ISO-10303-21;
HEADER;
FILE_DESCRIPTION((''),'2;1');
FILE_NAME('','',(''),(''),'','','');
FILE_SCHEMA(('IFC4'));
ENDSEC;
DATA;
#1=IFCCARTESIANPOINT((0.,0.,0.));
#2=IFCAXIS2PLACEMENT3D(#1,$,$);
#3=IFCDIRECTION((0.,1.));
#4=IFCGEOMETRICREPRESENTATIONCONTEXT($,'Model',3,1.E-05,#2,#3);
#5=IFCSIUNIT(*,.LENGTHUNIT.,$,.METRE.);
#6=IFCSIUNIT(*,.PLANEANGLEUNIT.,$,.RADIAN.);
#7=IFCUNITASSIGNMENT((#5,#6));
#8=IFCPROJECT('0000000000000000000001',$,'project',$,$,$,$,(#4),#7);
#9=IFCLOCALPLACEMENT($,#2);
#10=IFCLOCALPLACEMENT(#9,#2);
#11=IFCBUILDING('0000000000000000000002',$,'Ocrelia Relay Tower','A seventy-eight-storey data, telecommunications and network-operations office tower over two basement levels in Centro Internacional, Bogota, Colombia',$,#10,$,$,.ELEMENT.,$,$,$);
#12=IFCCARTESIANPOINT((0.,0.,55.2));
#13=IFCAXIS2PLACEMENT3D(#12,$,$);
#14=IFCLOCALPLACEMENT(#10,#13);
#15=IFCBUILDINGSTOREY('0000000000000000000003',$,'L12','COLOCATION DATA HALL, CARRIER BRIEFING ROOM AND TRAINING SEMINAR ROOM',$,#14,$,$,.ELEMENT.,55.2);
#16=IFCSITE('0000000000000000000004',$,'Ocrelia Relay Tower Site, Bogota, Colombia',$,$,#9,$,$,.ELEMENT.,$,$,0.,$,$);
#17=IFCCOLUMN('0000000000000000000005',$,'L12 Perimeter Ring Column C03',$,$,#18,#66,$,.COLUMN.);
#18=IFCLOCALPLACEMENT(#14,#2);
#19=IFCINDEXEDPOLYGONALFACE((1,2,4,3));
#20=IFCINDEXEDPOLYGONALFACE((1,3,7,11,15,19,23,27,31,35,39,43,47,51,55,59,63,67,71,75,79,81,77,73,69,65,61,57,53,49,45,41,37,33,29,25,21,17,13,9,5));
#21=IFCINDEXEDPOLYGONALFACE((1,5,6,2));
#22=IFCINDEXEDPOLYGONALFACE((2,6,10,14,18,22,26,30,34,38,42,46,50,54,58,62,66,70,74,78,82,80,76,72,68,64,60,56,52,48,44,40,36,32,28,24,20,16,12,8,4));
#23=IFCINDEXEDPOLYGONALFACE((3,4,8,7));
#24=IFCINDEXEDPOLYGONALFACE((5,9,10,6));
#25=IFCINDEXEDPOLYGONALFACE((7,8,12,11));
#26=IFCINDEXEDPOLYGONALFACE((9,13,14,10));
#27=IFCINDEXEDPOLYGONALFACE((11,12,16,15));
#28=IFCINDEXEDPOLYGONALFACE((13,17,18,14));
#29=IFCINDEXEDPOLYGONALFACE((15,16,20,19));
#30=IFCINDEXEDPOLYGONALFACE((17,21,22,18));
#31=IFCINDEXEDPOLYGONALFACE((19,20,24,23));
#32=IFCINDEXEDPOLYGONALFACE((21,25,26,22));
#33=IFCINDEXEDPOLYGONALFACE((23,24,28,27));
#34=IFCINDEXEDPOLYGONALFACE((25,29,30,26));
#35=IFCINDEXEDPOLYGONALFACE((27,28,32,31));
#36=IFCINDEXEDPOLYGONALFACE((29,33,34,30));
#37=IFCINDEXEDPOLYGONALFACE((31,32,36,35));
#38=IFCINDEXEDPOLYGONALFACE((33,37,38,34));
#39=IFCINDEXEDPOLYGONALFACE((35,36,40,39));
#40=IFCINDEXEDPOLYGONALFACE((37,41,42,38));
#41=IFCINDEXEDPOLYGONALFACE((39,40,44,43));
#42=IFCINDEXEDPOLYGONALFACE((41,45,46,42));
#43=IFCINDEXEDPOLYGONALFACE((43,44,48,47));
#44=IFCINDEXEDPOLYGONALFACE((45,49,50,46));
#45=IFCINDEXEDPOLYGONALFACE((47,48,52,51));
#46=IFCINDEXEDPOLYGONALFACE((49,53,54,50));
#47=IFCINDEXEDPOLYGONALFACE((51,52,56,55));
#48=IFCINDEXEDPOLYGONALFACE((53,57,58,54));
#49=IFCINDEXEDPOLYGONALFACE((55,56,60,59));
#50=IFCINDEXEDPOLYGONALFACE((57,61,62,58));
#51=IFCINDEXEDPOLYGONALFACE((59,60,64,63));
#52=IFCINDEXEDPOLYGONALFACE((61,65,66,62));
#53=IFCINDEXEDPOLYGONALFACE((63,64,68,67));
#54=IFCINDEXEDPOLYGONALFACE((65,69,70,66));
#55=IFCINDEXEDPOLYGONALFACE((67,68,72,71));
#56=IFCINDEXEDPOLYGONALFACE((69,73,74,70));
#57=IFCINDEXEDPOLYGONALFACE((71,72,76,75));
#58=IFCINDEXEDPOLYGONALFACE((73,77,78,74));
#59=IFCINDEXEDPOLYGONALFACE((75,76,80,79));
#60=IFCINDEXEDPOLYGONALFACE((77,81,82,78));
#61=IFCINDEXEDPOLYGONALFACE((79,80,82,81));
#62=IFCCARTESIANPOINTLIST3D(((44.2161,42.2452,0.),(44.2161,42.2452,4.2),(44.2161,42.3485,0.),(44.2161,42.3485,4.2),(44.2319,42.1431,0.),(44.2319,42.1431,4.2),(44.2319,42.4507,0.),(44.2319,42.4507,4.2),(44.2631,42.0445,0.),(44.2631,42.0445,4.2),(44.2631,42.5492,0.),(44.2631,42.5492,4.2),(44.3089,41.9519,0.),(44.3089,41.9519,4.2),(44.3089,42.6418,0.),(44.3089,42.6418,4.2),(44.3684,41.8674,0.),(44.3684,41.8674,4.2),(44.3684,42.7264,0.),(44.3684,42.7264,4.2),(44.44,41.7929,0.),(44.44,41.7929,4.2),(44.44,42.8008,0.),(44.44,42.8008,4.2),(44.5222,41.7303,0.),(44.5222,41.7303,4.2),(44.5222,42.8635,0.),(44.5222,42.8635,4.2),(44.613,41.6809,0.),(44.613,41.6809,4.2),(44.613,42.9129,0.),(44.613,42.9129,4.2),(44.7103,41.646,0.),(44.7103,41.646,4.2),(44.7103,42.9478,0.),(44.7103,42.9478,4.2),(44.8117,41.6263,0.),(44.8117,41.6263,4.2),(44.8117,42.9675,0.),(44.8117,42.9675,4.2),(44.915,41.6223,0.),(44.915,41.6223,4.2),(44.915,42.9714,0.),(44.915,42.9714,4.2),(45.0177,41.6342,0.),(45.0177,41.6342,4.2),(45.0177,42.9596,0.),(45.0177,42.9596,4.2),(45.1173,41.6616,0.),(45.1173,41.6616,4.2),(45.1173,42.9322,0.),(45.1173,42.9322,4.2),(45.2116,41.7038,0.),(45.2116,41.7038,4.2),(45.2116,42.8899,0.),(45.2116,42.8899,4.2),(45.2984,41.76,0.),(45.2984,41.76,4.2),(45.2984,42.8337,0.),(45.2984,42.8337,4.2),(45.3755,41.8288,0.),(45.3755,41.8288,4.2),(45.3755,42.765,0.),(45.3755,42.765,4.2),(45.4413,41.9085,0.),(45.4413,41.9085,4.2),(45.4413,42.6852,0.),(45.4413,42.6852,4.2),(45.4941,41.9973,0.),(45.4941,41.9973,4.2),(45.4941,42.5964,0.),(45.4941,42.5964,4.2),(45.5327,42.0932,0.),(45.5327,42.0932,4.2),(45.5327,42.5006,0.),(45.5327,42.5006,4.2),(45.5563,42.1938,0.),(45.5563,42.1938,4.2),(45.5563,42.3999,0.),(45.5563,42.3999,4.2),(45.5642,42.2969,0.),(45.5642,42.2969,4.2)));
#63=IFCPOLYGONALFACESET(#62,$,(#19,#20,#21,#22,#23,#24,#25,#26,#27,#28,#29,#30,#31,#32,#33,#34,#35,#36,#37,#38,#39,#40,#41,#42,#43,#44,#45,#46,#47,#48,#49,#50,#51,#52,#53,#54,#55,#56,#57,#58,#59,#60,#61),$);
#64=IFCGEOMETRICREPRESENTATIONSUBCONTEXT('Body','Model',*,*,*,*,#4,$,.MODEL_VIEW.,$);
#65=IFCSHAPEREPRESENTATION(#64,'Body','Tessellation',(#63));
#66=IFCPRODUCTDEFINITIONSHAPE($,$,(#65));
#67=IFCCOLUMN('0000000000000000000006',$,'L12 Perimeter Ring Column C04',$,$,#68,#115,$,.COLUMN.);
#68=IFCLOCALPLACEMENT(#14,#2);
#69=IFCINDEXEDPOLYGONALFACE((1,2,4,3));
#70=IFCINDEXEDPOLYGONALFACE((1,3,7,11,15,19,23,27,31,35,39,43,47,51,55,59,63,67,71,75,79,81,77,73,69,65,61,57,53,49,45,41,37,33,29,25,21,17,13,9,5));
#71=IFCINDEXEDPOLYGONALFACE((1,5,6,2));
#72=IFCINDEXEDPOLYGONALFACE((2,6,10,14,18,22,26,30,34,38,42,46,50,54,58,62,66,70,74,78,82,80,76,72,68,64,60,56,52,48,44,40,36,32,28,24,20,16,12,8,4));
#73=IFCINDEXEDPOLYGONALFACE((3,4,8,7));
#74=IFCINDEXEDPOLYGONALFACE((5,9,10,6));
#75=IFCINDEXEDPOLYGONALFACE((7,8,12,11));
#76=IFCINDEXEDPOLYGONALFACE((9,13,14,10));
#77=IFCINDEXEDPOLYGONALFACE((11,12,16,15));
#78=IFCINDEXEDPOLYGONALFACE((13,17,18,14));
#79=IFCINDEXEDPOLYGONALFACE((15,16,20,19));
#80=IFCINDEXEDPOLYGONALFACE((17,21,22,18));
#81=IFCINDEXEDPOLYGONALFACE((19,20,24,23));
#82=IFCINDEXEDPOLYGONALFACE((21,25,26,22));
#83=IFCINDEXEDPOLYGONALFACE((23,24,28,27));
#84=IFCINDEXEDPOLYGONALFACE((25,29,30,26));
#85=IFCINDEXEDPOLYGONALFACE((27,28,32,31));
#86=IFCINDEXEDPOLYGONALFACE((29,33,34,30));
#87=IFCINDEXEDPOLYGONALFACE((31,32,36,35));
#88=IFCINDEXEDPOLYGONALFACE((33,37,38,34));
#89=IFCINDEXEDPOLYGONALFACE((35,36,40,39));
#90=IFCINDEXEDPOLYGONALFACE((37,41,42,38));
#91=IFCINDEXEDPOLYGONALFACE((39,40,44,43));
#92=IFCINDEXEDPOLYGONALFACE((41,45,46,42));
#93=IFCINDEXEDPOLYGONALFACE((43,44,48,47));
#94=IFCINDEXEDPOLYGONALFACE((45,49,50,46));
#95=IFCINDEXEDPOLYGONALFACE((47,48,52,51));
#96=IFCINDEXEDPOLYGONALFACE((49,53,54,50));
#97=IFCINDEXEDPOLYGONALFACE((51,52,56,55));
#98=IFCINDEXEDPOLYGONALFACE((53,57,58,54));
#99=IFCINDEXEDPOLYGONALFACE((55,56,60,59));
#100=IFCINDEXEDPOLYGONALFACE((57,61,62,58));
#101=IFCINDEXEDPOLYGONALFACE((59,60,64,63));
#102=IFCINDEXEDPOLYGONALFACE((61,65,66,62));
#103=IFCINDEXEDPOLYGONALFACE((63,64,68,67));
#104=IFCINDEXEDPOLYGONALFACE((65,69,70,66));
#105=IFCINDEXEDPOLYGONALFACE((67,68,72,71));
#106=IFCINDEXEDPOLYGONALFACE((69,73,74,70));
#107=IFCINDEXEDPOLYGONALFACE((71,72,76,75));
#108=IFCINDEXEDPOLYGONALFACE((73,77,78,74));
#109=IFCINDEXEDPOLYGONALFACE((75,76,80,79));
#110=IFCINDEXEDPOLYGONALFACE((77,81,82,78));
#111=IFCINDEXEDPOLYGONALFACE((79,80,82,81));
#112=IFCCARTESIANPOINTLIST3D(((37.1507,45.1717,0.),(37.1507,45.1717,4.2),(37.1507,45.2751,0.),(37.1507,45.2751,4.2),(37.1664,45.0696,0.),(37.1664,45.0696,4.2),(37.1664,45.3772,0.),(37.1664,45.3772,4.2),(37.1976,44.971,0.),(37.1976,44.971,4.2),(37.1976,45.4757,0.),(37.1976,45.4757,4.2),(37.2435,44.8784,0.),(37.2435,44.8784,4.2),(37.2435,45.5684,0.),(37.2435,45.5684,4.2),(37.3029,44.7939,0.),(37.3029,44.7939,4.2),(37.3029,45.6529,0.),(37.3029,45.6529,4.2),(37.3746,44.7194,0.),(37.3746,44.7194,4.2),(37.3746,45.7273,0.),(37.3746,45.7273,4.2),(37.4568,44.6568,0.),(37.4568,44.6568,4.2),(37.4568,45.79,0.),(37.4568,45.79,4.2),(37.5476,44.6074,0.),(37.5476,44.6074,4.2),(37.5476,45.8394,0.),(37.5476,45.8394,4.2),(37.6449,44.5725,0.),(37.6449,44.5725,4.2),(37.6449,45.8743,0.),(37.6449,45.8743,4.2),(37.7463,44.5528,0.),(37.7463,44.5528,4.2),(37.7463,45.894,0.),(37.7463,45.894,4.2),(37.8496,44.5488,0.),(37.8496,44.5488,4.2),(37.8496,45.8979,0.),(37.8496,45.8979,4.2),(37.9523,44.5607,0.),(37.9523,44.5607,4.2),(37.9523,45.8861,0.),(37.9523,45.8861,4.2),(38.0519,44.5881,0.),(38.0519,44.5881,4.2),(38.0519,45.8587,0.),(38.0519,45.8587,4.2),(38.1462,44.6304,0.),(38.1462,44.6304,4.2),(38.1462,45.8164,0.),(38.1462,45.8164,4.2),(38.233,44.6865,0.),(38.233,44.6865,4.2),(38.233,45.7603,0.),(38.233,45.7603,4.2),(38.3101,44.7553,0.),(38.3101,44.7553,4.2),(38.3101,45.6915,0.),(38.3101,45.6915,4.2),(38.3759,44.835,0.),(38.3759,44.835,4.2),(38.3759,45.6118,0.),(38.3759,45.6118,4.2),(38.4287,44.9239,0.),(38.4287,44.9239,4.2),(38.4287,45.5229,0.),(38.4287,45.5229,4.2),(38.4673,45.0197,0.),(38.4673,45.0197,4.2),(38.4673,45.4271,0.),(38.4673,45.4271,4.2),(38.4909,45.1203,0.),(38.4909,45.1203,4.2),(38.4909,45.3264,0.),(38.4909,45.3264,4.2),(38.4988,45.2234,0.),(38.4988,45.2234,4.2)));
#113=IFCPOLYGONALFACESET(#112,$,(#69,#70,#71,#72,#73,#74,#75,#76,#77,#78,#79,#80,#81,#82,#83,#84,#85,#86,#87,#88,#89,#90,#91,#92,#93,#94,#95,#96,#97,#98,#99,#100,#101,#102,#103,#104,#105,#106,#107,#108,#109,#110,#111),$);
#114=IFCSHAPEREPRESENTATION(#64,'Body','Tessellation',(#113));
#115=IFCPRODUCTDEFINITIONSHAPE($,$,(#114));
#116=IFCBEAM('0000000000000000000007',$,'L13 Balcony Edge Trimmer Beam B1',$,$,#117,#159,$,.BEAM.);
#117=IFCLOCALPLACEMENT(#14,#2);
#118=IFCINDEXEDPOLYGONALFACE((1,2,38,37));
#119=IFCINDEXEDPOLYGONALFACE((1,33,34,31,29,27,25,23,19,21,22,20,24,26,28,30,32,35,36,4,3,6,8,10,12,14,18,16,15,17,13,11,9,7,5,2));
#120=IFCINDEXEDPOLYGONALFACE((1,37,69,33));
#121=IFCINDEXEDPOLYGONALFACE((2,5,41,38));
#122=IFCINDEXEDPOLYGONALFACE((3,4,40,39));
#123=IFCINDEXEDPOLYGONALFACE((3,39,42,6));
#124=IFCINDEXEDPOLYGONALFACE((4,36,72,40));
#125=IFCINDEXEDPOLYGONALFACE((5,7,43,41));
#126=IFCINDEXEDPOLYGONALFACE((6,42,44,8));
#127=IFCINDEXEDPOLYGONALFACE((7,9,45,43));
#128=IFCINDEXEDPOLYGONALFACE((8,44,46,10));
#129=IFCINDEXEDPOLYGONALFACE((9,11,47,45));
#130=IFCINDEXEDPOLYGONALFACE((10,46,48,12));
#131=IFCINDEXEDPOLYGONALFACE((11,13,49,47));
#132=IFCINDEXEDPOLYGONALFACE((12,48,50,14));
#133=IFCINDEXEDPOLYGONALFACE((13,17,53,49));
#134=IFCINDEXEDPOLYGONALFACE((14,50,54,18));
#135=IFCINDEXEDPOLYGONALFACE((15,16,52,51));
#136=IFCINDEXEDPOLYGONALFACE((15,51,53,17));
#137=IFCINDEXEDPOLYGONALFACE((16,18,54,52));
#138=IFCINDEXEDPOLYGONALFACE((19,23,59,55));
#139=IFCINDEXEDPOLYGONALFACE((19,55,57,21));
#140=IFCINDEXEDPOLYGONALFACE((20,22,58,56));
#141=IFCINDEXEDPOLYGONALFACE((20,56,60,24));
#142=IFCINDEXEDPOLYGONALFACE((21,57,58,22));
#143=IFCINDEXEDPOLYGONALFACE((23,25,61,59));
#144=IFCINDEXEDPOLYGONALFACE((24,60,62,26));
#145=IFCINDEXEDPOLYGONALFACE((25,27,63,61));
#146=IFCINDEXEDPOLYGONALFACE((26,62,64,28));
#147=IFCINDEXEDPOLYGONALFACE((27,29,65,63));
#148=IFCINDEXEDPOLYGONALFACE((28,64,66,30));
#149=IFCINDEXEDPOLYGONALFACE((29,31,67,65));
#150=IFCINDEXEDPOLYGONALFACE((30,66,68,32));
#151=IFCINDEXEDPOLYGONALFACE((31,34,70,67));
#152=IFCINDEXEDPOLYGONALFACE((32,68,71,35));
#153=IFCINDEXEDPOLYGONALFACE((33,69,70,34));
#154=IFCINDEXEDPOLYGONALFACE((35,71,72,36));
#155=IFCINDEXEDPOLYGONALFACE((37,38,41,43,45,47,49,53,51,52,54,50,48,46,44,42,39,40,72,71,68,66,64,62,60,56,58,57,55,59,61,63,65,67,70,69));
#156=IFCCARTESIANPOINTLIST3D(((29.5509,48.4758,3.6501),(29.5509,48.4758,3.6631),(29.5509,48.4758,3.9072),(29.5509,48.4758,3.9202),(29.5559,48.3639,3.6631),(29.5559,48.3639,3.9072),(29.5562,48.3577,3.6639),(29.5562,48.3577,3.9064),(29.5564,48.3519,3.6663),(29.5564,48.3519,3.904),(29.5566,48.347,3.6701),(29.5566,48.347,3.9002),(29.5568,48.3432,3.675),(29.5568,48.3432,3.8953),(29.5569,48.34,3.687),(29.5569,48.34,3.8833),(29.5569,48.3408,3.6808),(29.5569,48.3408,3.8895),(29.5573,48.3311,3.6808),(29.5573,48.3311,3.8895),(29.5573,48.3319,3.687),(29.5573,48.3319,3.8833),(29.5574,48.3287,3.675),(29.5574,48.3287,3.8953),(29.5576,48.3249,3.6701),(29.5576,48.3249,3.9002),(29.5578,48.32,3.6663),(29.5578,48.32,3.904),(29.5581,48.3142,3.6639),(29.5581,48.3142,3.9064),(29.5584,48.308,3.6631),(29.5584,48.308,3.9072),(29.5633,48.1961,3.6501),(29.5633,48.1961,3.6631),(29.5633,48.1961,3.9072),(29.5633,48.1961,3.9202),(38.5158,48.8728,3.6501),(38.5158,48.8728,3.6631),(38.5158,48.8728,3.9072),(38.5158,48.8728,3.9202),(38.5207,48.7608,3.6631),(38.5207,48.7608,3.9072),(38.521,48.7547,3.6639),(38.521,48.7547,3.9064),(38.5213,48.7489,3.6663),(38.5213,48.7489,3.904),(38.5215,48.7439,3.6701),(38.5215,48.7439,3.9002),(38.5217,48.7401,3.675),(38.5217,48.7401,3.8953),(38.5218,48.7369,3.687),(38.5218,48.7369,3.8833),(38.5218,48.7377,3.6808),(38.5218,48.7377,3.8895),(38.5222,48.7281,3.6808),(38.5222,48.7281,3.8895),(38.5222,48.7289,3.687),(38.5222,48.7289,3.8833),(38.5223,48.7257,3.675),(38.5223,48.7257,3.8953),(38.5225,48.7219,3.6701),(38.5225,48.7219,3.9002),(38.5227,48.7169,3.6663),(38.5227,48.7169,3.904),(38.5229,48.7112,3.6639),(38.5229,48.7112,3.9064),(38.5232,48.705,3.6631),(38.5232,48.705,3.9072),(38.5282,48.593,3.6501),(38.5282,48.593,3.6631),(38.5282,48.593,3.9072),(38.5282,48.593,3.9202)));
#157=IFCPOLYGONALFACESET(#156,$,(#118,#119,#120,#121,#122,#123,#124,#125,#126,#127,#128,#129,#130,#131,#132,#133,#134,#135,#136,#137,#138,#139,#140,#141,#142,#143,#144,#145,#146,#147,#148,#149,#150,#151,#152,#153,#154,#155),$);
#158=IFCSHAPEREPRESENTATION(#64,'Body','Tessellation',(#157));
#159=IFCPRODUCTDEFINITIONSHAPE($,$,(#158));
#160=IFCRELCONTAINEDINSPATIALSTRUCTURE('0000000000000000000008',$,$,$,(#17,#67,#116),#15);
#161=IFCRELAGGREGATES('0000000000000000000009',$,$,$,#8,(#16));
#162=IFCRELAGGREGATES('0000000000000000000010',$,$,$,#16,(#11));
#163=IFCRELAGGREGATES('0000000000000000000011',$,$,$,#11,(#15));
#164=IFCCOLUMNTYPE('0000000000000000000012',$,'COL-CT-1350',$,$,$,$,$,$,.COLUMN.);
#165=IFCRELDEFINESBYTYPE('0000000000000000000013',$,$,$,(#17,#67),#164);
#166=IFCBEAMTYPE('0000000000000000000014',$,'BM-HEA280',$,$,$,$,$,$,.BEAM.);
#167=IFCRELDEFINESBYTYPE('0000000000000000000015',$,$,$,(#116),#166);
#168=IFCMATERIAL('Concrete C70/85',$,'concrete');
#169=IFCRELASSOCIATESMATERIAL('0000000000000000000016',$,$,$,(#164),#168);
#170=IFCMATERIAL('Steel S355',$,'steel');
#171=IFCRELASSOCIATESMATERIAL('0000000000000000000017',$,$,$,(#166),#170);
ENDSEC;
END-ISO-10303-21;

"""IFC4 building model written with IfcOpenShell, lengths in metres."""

from ifc_helpers import new_model, si_unit, direction, frame, origin, origin_2d, place, context, subcontext, project, spatial, circle, i_section, extrude, material, material_profile, profile_set, type_object, element, save


model = new_model("IFC4")

# Units and contexts
model_context = context("Model", 3, precision=1e-05, world=origin(), true_north=direction((0.0, 1.0)))
body_context = subcontext(model_context, "Body", "Model", "MODEL_VIEW")
ifc_project = project(units=[si_unit("LENGTHUNIT", "METRE"), si_unit("PLANEANGLEUNIT", "RADIAN")], contexts=[model_context])

# Site, building, storey
site_placement = place(None, origin())
site = spatial("IfcSite", under=ifc_project, at=site_placement, Name="Ocrelia Relay Tower Site, Bogota, Colombia", CompositionType="ELEMENT", RefElevation=0.0)
building_placement = place(site_placement, origin())
building = spatial("IfcBuilding", under=site, at=building_placement, Name="Ocrelia Relay Tower", Description="A seventy-eight-storey data, telecommunications and network-operations office tower over two basement levels in Centro Internacional, Bogota, Colombia", CompositionType="ELEMENT")
storey_placement = place(building_placement, frame((0.0, 0.0, 55.2)))
storey = spatial("IfcBuildingStorey", under=building, at=storey_placement, Name="L12", Description="COLOCATION DATA HALL, CARRIER BRIEFING ROOM AND TRAINING SEMINAR ROOM", CompositionType="ELEMENT", Elevation=55.2)

# Columns
ifc_material_1 = material(Name="Concrete C70/85", Category="concrete")
ifc_material_profile_1 = material_profile(ifc_material_1, circle(Radius=0.675, at=origin_2d()), Name="RC-CIR-1350")
ifc_profile_set_1 = profile_set([ifc_material_profile_1], Name="Concrete C70/85")
column_type = type_object("IfcColumnType", Name="COL-CT-1350", PredefinedType="COLUMN", material=ifc_profile_set_1)
for number, where, z_axis, x_axis, name in (
    (1, (44.8892, 42.2969, 0.0), (0.0, 0.0, 1.0), (1.0, 0.0, 0.0), "L12 Perimeter Ring Column C03"),
    (2, (37.8237, 45.2234, 0.0), (0.0, 0.0, 1.0), (1.0, 0.0, 0.0), "L12 Perimeter Ring Column C04"),
):
    element("IfcColumn", number, at=place(storey_placement, frame(where, z_axis=z_axis, x_axis=x_axis)), inside=storey, type_object=column_type, Name=name, PredefinedType="COLUMN", context=body_context, shape_type="SweptSolid", body=[
        extrude(circle(Radius=0.675, at=origin_2d()), origin(), (0.0, 0.0, 1.0), 4.2),
    ])

# Beam
ifc_material_2 = material(Name="Steel S355", Category="steel")
ifc_material_profile_2 = material_profile(ifc_material_2, i_section(OverallWidth=0.28, OverallDepth=0.27, WebThickness=0.0081, FlangeThickness=0.0129, FilletRadius=0.0239, at=origin_2d()), Name="HEA 280")
ifc_profile_set_2 = profile_set([ifc_material_profile_2], Name="Steel S355")
beam_type_1 = type_object("IfcBeamType", Name="BM-HEA280", PredefinedType="BEAM", material=ifc_profile_set_2)
beam_1_placement = place(storey_placement, frame((38.522, 48.7329, 3.7852), z_axis=(-0.999021, -0.044238, 0.0), x_axis=(0.044238, -0.999021, 0.0)))
element("IfcBeam", 3, at=beam_1_placement, inside=storey, type_object=beam_type_1, Name="L13 Balcony Edge Trimmer Beam B1", PredefinedType="BEAM", context=body_context, shape_type="SweptSolid", body=[
    extrude(i_section(OverallWidth=0.28, OverallDepth=0.27, WebThickness=0.0081, FlangeThickness=0.0129, FilletRadius=0.0239, at=origin_2d()), origin(), (0.0, 0.0, 1.0), 8.9736),
])

save(model, "model.ifc")
